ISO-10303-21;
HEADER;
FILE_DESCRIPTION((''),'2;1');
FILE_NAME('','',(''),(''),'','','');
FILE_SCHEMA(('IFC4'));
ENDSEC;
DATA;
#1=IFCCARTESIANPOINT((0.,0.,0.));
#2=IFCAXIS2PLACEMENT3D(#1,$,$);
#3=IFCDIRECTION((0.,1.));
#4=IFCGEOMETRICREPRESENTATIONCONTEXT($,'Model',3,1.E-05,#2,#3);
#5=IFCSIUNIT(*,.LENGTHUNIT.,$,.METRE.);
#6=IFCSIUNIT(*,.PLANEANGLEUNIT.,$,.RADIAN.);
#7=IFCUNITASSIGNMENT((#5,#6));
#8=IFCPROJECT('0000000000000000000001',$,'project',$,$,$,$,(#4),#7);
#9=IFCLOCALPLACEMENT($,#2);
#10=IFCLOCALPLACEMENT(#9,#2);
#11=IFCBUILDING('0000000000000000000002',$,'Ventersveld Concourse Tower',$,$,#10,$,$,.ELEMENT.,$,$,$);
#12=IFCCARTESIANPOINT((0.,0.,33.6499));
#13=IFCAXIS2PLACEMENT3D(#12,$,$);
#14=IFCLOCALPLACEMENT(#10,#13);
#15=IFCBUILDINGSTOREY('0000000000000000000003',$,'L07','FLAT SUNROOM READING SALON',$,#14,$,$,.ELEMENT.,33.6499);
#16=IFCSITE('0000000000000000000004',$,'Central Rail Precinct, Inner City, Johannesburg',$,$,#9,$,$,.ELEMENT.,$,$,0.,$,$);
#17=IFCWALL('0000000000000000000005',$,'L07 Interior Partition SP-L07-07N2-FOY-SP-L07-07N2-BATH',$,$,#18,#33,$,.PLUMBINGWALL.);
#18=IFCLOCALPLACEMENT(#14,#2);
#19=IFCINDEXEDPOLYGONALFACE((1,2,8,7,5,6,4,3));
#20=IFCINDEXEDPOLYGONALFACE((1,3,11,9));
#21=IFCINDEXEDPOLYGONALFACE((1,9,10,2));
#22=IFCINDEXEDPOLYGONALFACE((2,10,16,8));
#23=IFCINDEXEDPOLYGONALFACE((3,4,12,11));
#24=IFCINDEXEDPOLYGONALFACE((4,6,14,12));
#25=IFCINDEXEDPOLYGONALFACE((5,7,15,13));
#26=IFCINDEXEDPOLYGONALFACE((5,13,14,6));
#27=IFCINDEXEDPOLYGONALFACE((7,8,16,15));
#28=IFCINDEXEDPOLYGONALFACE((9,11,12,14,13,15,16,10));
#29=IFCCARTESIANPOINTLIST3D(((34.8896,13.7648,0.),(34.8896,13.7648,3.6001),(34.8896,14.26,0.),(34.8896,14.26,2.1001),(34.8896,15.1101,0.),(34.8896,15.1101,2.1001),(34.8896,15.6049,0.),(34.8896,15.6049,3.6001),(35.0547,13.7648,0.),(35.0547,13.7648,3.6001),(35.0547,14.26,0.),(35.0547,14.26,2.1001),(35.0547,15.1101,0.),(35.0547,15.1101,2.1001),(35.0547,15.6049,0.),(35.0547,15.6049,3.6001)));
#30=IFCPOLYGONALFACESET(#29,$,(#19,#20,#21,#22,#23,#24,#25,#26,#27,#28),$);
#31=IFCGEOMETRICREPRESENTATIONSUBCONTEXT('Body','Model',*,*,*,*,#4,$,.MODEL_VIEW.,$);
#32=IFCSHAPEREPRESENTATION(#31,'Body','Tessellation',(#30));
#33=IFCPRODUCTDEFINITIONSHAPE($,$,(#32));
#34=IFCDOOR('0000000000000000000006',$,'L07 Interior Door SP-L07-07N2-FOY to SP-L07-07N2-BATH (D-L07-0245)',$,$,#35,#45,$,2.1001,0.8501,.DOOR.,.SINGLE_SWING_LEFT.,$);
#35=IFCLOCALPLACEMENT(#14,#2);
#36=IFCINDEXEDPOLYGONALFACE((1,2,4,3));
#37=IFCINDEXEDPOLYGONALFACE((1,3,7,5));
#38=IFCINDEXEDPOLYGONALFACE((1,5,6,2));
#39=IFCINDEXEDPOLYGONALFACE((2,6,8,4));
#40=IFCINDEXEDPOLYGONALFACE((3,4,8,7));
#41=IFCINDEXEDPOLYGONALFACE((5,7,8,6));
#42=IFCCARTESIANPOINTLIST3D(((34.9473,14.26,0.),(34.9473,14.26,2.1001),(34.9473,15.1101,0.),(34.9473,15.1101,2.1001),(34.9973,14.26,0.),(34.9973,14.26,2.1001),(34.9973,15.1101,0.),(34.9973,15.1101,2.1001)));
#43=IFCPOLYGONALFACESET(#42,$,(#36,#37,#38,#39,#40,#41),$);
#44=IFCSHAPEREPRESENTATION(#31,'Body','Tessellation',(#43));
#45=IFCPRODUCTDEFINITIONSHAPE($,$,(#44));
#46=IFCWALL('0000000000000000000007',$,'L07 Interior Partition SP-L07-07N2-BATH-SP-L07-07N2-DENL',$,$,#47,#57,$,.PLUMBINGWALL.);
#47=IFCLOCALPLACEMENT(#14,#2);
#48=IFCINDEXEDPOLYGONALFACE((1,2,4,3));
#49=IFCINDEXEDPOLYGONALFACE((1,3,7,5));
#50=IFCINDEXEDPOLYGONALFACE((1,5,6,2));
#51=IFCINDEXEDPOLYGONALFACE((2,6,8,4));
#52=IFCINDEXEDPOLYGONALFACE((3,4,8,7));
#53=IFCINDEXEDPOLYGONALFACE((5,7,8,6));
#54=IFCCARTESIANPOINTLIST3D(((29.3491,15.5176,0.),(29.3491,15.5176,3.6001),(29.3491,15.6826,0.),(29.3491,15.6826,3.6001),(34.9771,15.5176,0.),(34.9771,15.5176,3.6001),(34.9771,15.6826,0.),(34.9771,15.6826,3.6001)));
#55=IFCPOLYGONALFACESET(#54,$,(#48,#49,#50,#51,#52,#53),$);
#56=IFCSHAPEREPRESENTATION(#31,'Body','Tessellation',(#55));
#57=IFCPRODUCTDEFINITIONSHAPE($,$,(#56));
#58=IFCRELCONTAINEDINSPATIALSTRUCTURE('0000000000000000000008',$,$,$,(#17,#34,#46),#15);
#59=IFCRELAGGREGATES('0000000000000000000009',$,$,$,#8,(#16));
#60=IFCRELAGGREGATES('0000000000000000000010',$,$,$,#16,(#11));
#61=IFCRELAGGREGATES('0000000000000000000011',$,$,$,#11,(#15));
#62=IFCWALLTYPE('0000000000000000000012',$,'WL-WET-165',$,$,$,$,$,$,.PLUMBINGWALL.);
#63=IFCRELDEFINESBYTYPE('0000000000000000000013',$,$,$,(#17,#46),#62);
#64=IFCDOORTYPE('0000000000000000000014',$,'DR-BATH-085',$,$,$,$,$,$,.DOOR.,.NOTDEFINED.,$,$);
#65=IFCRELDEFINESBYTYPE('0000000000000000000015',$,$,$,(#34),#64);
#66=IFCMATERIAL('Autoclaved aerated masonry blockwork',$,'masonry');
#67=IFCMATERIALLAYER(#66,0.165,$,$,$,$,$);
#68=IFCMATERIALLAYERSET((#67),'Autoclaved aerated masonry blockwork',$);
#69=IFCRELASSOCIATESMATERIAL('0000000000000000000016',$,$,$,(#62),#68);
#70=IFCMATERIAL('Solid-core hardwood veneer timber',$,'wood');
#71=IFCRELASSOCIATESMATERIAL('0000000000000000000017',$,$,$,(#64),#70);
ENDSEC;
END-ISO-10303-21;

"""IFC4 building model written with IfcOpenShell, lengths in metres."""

from ifc_helpers import new_model, si_unit, direction, frame, frame_2d, origin, place, context, subcontext, project, spatial, rectangle, extrude, material, layer, layer_set, type_object, element, fill, save


model = new_model("IFC4")

# Units and contexts
model_context = context("Model", 3, precision=1e-05, world=origin(), true_north=direction((0.0, 1.0)))
body_context = subcontext(model_context, "Body", "Model", "MODEL_VIEW")
ifc_project = project(units=[si_unit("LENGTHUNIT", "METRE"), si_unit("PLANEANGLEUNIT", "RADIAN")], contexts=[model_context])

# Site, building, storey
site_placement = place(None, origin())
site = spatial("IfcSite", under=ifc_project, at=site_placement, Name="Central Rail Precinct, Inner City, Johannesburg", CompositionType="ELEMENT", RefElevation=0.0)
building_placement = place(site_placement, origin())
building = spatial("IfcBuilding", under=site, at=building_placement, Name="Ventersveld Concourse Tower", CompositionType="ELEMENT")
storey_placement = place(building_placement, frame((0.0, 0.0, 33.6499)))
storey = spatial("IfcBuildingStorey", under=building, at=storey_placement, Name="L07", Description="FLAT SUNROOM READING SALON", CompositionType="ELEMENT", Elevation=33.6499)

# Shared definitions
ifc_material_1 = material(Name="Solid-core hardwood veneer timber", Category="wood")

# Wall, opening, door
ifc_material_2 = material(Name="Autoclaved aerated masonry blockwork", Category="masonry")
ifc_layer_1 = layer(ifc_material_2, 0.165)
ifc_layer_set_1 = layer_set([ifc_layer_1], Name="Autoclaved aerated masonry blockwork")
wall_type_1 = type_object("IfcWallType", Name="WL-WET-165", PredefinedType="PLUMBINGWALL", material=ifc_layer_set_1)
wall_1_placement = place(storey_placement, frame((34.9722, 13.7649, 0.0), z_axis=(0.0, 0.0, 1.0), x_axis=(0.0, 1.0, 0.0)))
wall_1 = element("IfcWall", 1, at=wall_1_placement, inside=storey, type_object=wall_type_1, Name="L07 Interior Partition SP-L07-07N2-FOY-SP-L07-07N2-BATH", PredefinedType="PLUMBINGWALL", context=body_context, shape_type="SweptSolid", body=[
    extrude(rectangle(XDim=1.8401, YDim=0.165, at=frame_2d((0.9199, 0.0))), origin(), (0.0, 0.0, 1.0), 3.6001),
])
opening_1_placement = place(wall_1_placement, frame((0.4951, 0.0, 0.0)))
opening_1 = element("IfcOpeningElement", 2, at=opening_1_placement, cuts=wall_1, PredefinedType="OPENING", context=body_context, shape_type="SweptSolid", body=[
    extrude(rectangle(XDim=0.8501, YDim=2.1001, at=frame_2d((0.425, 1.05))), frame((0.0, 0.0925, 0.0), z_axis=(0.0, -1.0, 0.0), x_axis=(1.0, 0.0, 0.0)), (0.0, 0.0, 1.0), 0.1851),
])
door_type_1 = type_object("IfcDoorType", Name="DR-BATH-085", OperationType="NOTDEFINED", PredefinedType="DOOR", material=ifc_material_1)
door_1_placement = place(opening_1_placement, origin())
door_1 = element("IfcDoor", 3, at=door_1_placement, inside=storey, type_object=door_type_1, Name="L07 Interior Door SP-L07-07N2-FOY to SP-L07-07N2-BATH (D-L07-0245)", OperationType="SINGLE_SWING_LEFT", OverallHeight=2.1001, OverallWidth=0.8501, PredefinedType="DOOR", context=body_context, shape_type="SweptSolid", body=[
    extrude(rectangle(XDim=0.8501, YDim=2.1001, at=frame_2d((0.425, 1.05))), frame((0.0, 0.0249, 0.0), z_axis=(0.0, -1.0, 0.0), x_axis=(1.0, 0.0, 0.0)), (0.0, 0.0, 1.0), 0.05),
])
fill(opening_1, door_1)

# Wall
wall_2_placement = place(storey_placement, frame((29.3491, 15.6001, 0.0), z_axis=(0.0, 0.0, 1.0), x_axis=(1.0, 0.0, 0.0)))
element("IfcWall", 4, at=wall_2_placement, inside=storey, type_object=wall_type_1, Name="L07 Interior Partition SP-L07-07N2-BATH-SP-L07-07N2-DENL", PredefinedType="PLUMBINGWALL", context=body_context, shape_type="SweptSolid", body=[
    extrude(rectangle(XDim=5.6279, YDim=0.165, at=frame_2d((2.814, 0.0))), origin(), (0.0, 0.0, 1.0), 3.6001),
])

save(model, "model.ifc")
